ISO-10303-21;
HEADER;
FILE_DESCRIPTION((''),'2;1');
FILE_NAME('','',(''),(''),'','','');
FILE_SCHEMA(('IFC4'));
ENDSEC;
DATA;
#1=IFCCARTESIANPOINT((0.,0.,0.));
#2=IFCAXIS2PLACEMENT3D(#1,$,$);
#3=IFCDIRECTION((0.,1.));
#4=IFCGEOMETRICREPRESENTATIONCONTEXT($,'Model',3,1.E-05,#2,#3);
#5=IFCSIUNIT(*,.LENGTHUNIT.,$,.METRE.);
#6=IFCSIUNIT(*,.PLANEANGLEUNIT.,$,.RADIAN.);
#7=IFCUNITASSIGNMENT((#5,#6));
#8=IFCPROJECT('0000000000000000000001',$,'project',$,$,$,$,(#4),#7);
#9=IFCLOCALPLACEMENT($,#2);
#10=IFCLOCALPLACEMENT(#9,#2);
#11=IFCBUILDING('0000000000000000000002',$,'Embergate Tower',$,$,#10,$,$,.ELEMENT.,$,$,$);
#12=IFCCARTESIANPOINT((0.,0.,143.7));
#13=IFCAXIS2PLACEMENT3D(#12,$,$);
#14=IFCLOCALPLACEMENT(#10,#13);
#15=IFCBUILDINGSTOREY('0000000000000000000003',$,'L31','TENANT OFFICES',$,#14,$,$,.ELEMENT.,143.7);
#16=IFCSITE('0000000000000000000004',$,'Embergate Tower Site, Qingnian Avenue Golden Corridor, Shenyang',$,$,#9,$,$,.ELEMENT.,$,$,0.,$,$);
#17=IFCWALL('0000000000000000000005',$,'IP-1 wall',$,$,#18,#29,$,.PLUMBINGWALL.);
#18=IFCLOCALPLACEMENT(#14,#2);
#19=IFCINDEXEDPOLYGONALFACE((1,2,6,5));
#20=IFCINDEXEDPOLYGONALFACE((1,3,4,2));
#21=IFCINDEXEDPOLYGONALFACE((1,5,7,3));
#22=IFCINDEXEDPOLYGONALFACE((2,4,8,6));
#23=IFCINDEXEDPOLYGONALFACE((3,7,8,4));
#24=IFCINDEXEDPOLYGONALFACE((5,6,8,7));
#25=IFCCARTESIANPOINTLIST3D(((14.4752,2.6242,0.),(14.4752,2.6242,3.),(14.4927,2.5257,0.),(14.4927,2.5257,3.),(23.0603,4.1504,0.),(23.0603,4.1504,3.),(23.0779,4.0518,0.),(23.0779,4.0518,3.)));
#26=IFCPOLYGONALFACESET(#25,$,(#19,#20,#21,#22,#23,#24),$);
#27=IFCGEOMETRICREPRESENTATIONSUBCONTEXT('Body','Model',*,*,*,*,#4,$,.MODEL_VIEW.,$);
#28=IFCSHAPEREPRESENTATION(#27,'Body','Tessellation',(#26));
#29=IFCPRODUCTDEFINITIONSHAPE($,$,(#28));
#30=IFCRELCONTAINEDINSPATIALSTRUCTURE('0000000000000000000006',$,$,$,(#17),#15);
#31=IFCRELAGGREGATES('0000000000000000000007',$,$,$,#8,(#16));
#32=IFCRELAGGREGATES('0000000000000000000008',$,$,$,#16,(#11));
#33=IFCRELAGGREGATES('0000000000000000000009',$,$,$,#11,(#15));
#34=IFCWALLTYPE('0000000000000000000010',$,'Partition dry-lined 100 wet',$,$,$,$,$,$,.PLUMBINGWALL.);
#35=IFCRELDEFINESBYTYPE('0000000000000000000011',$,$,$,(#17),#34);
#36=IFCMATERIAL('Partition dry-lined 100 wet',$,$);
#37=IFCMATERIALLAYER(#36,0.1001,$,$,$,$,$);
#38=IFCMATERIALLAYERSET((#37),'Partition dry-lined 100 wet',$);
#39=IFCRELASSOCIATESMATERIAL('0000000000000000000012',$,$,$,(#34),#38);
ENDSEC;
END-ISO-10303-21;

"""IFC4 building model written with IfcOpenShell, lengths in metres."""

from ifc_helpers import new_model, si_unit, direction, frame, frame_2d, origin, place, context, subcontext, project, spatial, rectangle, extrude, source, transform, mapped, material, layer, layer_set, type_object, element, save


model = new_model("IFC4")

# Units and contexts
model_context = context("Model", 3, precision=1e-05, world=origin(), true_north=direction((0.0, 1.0)))
body_context = subcontext(model_context, "Body", "Model", "MODEL_VIEW")
ifc_project = project(units=[si_unit("LENGTHUNIT", "METRE"), si_unit("PLANEANGLEUNIT", "RADIAN")], contexts=[model_context])

# Site, building, storey
site_placement = place(None, origin())
site = spatial("IfcSite", under=ifc_project, at=site_placement, Name="Embergate Tower Site, Qingnian Avenue Golden Corridor, Shenyang", CompositionType="ELEMENT", RefElevation=0.0)
building_placement = place(site_placement, origin())
building = spatial("IfcBuilding", under=site, at=building_placement, Name="Embergate Tower", CompositionType="ELEMENT")
storey_placement = place(building_placement, frame((0.0, 0.0, 143.7)))
storey = spatial("IfcBuildingStorey", under=building, at=storey_placement, Name="L31", Description="TENANT OFFICES", CompositionType="ELEMENT", Elevation=143.7)

# Wall
ifc_material_1 = material(Name="Partition dry-lined 100 wet")
ifc_layer_1 = layer(ifc_material_1, 0.1001)
ifc_layer_set_1 = layer_set([ifc_layer_1], Name="Partition dry-lined 100 wet")
wall_type_1 = type_object("IfcWallType", Name="Partition dry-lined 100 wet", PredefinedType="PLUMBINGWALL", material=ifc_layer_set_1)
shared_shape_1 = source(origin(), body_context, "Body", "SweptSolid", [
    extrude(rectangle(XDim=8.7197, YDim=0.1001, at=frame_2d((4.3599, 0.0))), origin(), (0.0, 0.0, 1.0), 3.0),
])
wall_1_placement = place(storey_placement, frame((23.0691, 4.1011, 0.0), z_axis=(0.0, 0.0, 1.0), x_axis=(-0.984565, -0.175018, 0.0)))
element("IfcWall", 1, at=wall_1_placement, inside=storey, type_object=wall_type_1, Name="IP-1 wall", PredefinedType="PLUMBINGWALL", context=body_context, shape_type="MappedRepresentation", body=[
    mapped(shared_shape_1, transform((0.0, 0.0, 0.0))),
])

save(model, "model.ifc")
